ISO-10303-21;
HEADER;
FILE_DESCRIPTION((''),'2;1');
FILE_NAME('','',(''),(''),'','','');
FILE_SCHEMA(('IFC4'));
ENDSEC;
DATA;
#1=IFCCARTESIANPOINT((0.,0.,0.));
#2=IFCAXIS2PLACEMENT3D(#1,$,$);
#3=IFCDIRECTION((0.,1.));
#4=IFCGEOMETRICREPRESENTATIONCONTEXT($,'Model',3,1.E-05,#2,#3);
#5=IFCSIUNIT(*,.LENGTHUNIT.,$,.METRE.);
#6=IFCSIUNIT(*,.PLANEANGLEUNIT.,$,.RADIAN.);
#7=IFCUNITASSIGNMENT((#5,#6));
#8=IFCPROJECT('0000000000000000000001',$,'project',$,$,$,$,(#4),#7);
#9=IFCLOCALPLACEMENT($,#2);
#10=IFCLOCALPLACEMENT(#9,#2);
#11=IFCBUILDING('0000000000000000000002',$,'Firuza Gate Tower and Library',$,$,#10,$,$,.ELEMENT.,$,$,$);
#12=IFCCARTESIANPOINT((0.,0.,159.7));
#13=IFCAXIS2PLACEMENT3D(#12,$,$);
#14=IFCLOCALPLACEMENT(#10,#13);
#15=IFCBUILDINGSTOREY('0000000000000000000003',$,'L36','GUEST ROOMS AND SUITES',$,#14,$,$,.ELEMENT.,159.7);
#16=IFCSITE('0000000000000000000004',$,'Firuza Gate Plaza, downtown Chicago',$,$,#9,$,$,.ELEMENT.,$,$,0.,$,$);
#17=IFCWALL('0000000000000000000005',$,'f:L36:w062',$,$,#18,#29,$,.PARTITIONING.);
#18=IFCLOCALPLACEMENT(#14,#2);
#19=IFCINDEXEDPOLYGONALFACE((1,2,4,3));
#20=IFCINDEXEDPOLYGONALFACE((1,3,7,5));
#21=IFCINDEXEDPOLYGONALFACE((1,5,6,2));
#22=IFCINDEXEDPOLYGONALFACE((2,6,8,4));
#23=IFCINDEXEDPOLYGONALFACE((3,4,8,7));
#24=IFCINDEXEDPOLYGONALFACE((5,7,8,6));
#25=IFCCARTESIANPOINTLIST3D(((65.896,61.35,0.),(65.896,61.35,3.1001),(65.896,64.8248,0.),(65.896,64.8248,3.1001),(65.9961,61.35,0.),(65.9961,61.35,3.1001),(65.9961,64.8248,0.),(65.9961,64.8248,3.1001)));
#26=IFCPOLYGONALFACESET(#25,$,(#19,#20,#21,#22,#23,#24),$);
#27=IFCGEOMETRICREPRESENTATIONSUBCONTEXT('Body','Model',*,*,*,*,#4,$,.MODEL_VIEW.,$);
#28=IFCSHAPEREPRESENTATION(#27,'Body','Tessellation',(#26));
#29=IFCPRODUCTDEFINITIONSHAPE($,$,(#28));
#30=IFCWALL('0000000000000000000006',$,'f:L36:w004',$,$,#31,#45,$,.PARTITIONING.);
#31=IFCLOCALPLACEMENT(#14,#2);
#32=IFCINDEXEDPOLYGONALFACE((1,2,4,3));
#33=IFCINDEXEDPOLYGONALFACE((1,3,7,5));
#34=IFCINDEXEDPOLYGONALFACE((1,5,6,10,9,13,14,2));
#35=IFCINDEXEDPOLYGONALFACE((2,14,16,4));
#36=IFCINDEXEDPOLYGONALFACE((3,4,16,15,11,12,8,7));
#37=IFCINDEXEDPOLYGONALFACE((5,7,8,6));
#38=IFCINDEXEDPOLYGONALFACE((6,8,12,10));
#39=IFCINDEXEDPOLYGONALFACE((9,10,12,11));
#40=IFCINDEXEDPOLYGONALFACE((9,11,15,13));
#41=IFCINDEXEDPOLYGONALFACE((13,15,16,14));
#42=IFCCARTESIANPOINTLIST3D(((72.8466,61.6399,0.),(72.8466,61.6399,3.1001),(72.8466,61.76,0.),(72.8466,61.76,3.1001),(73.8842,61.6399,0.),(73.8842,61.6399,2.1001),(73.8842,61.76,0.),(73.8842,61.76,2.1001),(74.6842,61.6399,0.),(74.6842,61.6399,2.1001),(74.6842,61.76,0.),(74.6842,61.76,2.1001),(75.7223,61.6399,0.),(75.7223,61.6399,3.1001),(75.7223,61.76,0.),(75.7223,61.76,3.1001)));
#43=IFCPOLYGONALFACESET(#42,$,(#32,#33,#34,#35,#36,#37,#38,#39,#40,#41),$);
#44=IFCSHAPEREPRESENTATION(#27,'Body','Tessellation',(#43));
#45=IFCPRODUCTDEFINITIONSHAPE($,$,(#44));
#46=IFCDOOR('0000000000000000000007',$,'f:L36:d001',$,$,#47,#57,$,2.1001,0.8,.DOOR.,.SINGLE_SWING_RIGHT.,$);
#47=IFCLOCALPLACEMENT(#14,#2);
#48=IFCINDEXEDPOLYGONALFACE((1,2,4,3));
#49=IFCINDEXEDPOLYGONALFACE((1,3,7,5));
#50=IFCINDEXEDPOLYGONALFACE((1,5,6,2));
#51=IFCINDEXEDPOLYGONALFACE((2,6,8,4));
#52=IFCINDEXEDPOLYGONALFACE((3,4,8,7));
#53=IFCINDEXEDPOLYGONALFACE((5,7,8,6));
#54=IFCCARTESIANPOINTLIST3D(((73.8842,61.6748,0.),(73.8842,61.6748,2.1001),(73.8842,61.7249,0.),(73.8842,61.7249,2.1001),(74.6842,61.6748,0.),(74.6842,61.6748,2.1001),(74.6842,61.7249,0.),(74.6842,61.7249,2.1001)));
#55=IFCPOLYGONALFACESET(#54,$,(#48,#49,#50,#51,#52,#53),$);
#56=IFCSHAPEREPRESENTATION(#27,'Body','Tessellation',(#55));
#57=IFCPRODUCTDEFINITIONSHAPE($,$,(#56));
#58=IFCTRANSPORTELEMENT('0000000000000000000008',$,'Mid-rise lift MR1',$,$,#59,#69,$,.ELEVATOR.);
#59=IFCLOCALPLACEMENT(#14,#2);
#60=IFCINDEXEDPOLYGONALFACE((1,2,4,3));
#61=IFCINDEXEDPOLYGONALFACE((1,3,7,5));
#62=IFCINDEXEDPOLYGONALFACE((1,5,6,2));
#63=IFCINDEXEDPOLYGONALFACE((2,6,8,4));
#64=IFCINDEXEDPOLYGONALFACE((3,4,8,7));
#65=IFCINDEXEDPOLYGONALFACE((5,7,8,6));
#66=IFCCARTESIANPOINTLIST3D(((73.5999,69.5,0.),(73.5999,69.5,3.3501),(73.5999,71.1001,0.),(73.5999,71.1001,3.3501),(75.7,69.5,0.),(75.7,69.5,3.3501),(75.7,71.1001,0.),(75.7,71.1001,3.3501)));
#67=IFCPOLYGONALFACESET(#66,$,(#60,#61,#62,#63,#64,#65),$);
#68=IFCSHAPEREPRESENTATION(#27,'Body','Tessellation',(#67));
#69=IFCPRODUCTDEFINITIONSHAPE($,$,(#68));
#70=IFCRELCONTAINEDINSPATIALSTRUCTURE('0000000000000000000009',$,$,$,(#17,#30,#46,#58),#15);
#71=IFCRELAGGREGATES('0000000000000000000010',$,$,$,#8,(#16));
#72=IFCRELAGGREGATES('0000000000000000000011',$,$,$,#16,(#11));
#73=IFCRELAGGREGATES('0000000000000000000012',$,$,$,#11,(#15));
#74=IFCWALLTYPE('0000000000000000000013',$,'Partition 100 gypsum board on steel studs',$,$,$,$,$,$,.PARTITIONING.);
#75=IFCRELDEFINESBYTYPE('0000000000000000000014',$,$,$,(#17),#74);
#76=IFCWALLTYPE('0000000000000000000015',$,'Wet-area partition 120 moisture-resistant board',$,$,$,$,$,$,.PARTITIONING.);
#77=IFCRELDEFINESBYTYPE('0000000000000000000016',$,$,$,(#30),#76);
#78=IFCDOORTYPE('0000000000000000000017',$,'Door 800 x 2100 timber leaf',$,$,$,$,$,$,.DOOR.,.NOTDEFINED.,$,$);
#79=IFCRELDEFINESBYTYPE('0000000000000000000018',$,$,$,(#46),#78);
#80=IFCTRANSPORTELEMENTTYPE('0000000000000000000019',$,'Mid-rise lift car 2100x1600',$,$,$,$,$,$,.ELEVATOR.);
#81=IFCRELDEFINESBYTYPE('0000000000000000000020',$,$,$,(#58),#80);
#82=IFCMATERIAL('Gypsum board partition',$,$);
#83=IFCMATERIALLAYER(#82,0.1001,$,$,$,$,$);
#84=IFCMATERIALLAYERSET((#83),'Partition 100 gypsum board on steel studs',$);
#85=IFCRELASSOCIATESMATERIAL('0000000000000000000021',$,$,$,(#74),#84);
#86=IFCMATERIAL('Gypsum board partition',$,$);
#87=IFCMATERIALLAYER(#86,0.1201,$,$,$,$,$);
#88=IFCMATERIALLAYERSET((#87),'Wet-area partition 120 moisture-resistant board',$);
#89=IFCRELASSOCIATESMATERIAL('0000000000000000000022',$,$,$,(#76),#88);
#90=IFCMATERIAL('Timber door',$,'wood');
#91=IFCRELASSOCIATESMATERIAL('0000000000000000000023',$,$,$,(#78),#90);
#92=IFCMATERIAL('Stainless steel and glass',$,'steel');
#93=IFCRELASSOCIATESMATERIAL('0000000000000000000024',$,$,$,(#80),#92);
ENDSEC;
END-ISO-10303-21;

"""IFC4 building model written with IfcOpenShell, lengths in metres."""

from ifc_helpers import new_model, si_unit, direction, frame, frame_2d, origin, origin_2d, place, context, subcontext, project, spatial, rectangle, extrude, material, layer, layer_set, type_object, element, fill, save


model = new_model("IFC4")

# Units and contexts
model_context = context("Model", 3, precision=1e-05, world=origin(), true_north=direction((0.0, 1.0)))
body_context = subcontext(model_context, "Body", "Model", "MODEL_VIEW")
ifc_project = project(units=[si_unit("LENGTHUNIT", "METRE"), si_unit("PLANEANGLEUNIT", "RADIAN")], contexts=[model_context])

# Site, building, storey
site_placement = place(None, origin())
site = spatial("IfcSite", under=ifc_project, at=site_placement, Name="Firuza Gate Plaza, downtown Chicago", CompositionType="ELEMENT", RefElevation=0.0)
building_placement = place(site_placement, origin())
building = spatial("IfcBuilding", under=site, at=building_placement, Name="Firuza Gate Tower and Library", CompositionType="ELEMENT")
storey_placement = place(building_placement, frame((0.0, 0.0, 159.7)))
storey = spatial("IfcBuildingStorey", under=building, at=storey_placement, Name="L36", Description="GUEST ROOMS AND SUITES", CompositionType="ELEMENT", Elevation=159.7)

# Wall
ifc_material_1 = material(Name="Gypsum board partition")
ifc_layer_1 = layer(ifc_material_1, 0.1001)
ifc_layer_set_1 = layer_set([ifc_layer_1], Name="Partition 100 gypsum board on steel studs")
wall_type_1 = type_object("IfcWallType", Name="Partition 100 gypsum board on steel studs", PredefinedType="PARTITIONING", material=ifc_layer_set_1)
for number, where, z_axis, x_axis, name in (
    (1, (65.946, 61.3501, 0.0), (0.0, 0.0, 1.0), (0.0, 1.0, 0.0), "f:L36:w062"),
):
    element("IfcWall", number, at=place(storey_placement, frame(where, z_axis=z_axis, x_axis=x_axis)), inside=storey, type_object=wall_type_1, Name=name, PredefinedType="PARTITIONING", context=body_context, shape_type="SweptSolid", body=[
        extrude(rectangle(XDim=3.4749, YDim=0.1001, at=frame_2d((1.7373, 0.0))), origin(), (0.0, 0.0, 1.0), 3.1001),
    ])

# Wall, opening, door
ifc_material_2 = material(Name="Gypsum board partition")
ifc_layer_2 = layer(ifc_material_2, 0.1201)
ifc_layer_set_2 = layer_set([ifc_layer_2], Name="Wet-area partition 120 moisture-resistant board")
wall_type_2 = type_object("IfcWallType", Name="Wet-area partition 120 moisture-resistant board", PredefinedType="PARTITIONING", material=ifc_layer_set_2)
wall_1_placement = place(storey_placement, frame((72.8464, 61.7, 0.0), z_axis=(0.0, 0.0, 1.0), x_axis=(1.0, 0.0, 0.0)))
wall_1 = element("IfcWall", 2, at=wall_1_placement, inside=storey, type_object=wall_type_2, Name="f:L36:w004", PredefinedType="PARTITIONING", context=body_context, shape_type="SweptSolid", body=[
    extrude(rectangle(XDim=2.8757, YDim=0.1201, at=frame_2d((1.438, 0.0))), origin(), (0.0, 0.0, 1.0), 3.1001),
])
opening_1_placement = place(wall_1_placement, frame((1.0378, 0.0, 0.0)))
opening_1 = element("IfcOpeningElement", 3, at=opening_1_placement, cuts=wall_1, PredefinedType="OPENING", context=body_context, shape_type="SweptSolid", body=[
    extrude(rectangle(XDim=0.8, YDim=2.1001, at=frame_2d((0.3999, 1.05))), frame((0.0, 0.0701, 0.0), z_axis=(0.0, -1.0, 0.0), x_axis=(1.0, 0.0, 0.0)), (0.0, 0.0, 1.0), 0.1401),
])
ifc_material_3 = material(Name="Timber door", Category="wood")
door_type_1 = type_object("IfcDoorType", Name="Door 800 x 2100 timber leaf", OperationType="NOTDEFINED", PredefinedType="DOOR", material=ifc_material_3)
door_1_placement = place(opening_1_placement, origin())
door_1 = element("IfcDoor", 4, at=door_1_placement, inside=storey, type_object=door_type_1, Name="f:L36:d001", OperationType="SINGLE_SWING_RIGHT", OverallHeight=2.1001, OverallWidth=0.8, PredefinedType="DOOR", context=body_context, shape_type="SweptSolid", body=[
    extrude(rectangle(XDim=0.8, YDim=2.1001, at=frame_2d((0.3999, 1.05))), frame((0.0, 0.0249, 0.0), z_axis=(0.0, -1.0, 0.0), x_axis=(1.0, 0.0, 0.0)), (0.0, 0.0, 1.0), 0.05),
])
fill(opening_1, door_1)

# Transport element
ifc_material_4 = material(Name="Stainless steel and glass", Category="steel")
transport_element_type = type_object("IfcTransportElementType", Name="Mid-rise lift car 2100x1600", PredefinedType="ELEVATOR", material=ifc_material_4)
transport_element_placement = place(storey_placement, frame((74.6499, 70.3, 0.0), z_axis=(0.0, 0.0, 1.0), x_axis=(1.0, 0.0, 0.0)))
element("IfcTransportElement", 5, at=transport_element_placement, inside=storey, type_object=transport_element_type, Name="Mid-rise lift MR1", PredefinedType="ELEVATOR", context=body_context, shape_type="SweptSolid", body=[
    extrude(rectangle(XDim=2.1001, YDim=1.6001, at=origin_2d()), origin(), (0.0, 0.0, 1.0), 3.3501),
])

save(model, "model.ifc")
